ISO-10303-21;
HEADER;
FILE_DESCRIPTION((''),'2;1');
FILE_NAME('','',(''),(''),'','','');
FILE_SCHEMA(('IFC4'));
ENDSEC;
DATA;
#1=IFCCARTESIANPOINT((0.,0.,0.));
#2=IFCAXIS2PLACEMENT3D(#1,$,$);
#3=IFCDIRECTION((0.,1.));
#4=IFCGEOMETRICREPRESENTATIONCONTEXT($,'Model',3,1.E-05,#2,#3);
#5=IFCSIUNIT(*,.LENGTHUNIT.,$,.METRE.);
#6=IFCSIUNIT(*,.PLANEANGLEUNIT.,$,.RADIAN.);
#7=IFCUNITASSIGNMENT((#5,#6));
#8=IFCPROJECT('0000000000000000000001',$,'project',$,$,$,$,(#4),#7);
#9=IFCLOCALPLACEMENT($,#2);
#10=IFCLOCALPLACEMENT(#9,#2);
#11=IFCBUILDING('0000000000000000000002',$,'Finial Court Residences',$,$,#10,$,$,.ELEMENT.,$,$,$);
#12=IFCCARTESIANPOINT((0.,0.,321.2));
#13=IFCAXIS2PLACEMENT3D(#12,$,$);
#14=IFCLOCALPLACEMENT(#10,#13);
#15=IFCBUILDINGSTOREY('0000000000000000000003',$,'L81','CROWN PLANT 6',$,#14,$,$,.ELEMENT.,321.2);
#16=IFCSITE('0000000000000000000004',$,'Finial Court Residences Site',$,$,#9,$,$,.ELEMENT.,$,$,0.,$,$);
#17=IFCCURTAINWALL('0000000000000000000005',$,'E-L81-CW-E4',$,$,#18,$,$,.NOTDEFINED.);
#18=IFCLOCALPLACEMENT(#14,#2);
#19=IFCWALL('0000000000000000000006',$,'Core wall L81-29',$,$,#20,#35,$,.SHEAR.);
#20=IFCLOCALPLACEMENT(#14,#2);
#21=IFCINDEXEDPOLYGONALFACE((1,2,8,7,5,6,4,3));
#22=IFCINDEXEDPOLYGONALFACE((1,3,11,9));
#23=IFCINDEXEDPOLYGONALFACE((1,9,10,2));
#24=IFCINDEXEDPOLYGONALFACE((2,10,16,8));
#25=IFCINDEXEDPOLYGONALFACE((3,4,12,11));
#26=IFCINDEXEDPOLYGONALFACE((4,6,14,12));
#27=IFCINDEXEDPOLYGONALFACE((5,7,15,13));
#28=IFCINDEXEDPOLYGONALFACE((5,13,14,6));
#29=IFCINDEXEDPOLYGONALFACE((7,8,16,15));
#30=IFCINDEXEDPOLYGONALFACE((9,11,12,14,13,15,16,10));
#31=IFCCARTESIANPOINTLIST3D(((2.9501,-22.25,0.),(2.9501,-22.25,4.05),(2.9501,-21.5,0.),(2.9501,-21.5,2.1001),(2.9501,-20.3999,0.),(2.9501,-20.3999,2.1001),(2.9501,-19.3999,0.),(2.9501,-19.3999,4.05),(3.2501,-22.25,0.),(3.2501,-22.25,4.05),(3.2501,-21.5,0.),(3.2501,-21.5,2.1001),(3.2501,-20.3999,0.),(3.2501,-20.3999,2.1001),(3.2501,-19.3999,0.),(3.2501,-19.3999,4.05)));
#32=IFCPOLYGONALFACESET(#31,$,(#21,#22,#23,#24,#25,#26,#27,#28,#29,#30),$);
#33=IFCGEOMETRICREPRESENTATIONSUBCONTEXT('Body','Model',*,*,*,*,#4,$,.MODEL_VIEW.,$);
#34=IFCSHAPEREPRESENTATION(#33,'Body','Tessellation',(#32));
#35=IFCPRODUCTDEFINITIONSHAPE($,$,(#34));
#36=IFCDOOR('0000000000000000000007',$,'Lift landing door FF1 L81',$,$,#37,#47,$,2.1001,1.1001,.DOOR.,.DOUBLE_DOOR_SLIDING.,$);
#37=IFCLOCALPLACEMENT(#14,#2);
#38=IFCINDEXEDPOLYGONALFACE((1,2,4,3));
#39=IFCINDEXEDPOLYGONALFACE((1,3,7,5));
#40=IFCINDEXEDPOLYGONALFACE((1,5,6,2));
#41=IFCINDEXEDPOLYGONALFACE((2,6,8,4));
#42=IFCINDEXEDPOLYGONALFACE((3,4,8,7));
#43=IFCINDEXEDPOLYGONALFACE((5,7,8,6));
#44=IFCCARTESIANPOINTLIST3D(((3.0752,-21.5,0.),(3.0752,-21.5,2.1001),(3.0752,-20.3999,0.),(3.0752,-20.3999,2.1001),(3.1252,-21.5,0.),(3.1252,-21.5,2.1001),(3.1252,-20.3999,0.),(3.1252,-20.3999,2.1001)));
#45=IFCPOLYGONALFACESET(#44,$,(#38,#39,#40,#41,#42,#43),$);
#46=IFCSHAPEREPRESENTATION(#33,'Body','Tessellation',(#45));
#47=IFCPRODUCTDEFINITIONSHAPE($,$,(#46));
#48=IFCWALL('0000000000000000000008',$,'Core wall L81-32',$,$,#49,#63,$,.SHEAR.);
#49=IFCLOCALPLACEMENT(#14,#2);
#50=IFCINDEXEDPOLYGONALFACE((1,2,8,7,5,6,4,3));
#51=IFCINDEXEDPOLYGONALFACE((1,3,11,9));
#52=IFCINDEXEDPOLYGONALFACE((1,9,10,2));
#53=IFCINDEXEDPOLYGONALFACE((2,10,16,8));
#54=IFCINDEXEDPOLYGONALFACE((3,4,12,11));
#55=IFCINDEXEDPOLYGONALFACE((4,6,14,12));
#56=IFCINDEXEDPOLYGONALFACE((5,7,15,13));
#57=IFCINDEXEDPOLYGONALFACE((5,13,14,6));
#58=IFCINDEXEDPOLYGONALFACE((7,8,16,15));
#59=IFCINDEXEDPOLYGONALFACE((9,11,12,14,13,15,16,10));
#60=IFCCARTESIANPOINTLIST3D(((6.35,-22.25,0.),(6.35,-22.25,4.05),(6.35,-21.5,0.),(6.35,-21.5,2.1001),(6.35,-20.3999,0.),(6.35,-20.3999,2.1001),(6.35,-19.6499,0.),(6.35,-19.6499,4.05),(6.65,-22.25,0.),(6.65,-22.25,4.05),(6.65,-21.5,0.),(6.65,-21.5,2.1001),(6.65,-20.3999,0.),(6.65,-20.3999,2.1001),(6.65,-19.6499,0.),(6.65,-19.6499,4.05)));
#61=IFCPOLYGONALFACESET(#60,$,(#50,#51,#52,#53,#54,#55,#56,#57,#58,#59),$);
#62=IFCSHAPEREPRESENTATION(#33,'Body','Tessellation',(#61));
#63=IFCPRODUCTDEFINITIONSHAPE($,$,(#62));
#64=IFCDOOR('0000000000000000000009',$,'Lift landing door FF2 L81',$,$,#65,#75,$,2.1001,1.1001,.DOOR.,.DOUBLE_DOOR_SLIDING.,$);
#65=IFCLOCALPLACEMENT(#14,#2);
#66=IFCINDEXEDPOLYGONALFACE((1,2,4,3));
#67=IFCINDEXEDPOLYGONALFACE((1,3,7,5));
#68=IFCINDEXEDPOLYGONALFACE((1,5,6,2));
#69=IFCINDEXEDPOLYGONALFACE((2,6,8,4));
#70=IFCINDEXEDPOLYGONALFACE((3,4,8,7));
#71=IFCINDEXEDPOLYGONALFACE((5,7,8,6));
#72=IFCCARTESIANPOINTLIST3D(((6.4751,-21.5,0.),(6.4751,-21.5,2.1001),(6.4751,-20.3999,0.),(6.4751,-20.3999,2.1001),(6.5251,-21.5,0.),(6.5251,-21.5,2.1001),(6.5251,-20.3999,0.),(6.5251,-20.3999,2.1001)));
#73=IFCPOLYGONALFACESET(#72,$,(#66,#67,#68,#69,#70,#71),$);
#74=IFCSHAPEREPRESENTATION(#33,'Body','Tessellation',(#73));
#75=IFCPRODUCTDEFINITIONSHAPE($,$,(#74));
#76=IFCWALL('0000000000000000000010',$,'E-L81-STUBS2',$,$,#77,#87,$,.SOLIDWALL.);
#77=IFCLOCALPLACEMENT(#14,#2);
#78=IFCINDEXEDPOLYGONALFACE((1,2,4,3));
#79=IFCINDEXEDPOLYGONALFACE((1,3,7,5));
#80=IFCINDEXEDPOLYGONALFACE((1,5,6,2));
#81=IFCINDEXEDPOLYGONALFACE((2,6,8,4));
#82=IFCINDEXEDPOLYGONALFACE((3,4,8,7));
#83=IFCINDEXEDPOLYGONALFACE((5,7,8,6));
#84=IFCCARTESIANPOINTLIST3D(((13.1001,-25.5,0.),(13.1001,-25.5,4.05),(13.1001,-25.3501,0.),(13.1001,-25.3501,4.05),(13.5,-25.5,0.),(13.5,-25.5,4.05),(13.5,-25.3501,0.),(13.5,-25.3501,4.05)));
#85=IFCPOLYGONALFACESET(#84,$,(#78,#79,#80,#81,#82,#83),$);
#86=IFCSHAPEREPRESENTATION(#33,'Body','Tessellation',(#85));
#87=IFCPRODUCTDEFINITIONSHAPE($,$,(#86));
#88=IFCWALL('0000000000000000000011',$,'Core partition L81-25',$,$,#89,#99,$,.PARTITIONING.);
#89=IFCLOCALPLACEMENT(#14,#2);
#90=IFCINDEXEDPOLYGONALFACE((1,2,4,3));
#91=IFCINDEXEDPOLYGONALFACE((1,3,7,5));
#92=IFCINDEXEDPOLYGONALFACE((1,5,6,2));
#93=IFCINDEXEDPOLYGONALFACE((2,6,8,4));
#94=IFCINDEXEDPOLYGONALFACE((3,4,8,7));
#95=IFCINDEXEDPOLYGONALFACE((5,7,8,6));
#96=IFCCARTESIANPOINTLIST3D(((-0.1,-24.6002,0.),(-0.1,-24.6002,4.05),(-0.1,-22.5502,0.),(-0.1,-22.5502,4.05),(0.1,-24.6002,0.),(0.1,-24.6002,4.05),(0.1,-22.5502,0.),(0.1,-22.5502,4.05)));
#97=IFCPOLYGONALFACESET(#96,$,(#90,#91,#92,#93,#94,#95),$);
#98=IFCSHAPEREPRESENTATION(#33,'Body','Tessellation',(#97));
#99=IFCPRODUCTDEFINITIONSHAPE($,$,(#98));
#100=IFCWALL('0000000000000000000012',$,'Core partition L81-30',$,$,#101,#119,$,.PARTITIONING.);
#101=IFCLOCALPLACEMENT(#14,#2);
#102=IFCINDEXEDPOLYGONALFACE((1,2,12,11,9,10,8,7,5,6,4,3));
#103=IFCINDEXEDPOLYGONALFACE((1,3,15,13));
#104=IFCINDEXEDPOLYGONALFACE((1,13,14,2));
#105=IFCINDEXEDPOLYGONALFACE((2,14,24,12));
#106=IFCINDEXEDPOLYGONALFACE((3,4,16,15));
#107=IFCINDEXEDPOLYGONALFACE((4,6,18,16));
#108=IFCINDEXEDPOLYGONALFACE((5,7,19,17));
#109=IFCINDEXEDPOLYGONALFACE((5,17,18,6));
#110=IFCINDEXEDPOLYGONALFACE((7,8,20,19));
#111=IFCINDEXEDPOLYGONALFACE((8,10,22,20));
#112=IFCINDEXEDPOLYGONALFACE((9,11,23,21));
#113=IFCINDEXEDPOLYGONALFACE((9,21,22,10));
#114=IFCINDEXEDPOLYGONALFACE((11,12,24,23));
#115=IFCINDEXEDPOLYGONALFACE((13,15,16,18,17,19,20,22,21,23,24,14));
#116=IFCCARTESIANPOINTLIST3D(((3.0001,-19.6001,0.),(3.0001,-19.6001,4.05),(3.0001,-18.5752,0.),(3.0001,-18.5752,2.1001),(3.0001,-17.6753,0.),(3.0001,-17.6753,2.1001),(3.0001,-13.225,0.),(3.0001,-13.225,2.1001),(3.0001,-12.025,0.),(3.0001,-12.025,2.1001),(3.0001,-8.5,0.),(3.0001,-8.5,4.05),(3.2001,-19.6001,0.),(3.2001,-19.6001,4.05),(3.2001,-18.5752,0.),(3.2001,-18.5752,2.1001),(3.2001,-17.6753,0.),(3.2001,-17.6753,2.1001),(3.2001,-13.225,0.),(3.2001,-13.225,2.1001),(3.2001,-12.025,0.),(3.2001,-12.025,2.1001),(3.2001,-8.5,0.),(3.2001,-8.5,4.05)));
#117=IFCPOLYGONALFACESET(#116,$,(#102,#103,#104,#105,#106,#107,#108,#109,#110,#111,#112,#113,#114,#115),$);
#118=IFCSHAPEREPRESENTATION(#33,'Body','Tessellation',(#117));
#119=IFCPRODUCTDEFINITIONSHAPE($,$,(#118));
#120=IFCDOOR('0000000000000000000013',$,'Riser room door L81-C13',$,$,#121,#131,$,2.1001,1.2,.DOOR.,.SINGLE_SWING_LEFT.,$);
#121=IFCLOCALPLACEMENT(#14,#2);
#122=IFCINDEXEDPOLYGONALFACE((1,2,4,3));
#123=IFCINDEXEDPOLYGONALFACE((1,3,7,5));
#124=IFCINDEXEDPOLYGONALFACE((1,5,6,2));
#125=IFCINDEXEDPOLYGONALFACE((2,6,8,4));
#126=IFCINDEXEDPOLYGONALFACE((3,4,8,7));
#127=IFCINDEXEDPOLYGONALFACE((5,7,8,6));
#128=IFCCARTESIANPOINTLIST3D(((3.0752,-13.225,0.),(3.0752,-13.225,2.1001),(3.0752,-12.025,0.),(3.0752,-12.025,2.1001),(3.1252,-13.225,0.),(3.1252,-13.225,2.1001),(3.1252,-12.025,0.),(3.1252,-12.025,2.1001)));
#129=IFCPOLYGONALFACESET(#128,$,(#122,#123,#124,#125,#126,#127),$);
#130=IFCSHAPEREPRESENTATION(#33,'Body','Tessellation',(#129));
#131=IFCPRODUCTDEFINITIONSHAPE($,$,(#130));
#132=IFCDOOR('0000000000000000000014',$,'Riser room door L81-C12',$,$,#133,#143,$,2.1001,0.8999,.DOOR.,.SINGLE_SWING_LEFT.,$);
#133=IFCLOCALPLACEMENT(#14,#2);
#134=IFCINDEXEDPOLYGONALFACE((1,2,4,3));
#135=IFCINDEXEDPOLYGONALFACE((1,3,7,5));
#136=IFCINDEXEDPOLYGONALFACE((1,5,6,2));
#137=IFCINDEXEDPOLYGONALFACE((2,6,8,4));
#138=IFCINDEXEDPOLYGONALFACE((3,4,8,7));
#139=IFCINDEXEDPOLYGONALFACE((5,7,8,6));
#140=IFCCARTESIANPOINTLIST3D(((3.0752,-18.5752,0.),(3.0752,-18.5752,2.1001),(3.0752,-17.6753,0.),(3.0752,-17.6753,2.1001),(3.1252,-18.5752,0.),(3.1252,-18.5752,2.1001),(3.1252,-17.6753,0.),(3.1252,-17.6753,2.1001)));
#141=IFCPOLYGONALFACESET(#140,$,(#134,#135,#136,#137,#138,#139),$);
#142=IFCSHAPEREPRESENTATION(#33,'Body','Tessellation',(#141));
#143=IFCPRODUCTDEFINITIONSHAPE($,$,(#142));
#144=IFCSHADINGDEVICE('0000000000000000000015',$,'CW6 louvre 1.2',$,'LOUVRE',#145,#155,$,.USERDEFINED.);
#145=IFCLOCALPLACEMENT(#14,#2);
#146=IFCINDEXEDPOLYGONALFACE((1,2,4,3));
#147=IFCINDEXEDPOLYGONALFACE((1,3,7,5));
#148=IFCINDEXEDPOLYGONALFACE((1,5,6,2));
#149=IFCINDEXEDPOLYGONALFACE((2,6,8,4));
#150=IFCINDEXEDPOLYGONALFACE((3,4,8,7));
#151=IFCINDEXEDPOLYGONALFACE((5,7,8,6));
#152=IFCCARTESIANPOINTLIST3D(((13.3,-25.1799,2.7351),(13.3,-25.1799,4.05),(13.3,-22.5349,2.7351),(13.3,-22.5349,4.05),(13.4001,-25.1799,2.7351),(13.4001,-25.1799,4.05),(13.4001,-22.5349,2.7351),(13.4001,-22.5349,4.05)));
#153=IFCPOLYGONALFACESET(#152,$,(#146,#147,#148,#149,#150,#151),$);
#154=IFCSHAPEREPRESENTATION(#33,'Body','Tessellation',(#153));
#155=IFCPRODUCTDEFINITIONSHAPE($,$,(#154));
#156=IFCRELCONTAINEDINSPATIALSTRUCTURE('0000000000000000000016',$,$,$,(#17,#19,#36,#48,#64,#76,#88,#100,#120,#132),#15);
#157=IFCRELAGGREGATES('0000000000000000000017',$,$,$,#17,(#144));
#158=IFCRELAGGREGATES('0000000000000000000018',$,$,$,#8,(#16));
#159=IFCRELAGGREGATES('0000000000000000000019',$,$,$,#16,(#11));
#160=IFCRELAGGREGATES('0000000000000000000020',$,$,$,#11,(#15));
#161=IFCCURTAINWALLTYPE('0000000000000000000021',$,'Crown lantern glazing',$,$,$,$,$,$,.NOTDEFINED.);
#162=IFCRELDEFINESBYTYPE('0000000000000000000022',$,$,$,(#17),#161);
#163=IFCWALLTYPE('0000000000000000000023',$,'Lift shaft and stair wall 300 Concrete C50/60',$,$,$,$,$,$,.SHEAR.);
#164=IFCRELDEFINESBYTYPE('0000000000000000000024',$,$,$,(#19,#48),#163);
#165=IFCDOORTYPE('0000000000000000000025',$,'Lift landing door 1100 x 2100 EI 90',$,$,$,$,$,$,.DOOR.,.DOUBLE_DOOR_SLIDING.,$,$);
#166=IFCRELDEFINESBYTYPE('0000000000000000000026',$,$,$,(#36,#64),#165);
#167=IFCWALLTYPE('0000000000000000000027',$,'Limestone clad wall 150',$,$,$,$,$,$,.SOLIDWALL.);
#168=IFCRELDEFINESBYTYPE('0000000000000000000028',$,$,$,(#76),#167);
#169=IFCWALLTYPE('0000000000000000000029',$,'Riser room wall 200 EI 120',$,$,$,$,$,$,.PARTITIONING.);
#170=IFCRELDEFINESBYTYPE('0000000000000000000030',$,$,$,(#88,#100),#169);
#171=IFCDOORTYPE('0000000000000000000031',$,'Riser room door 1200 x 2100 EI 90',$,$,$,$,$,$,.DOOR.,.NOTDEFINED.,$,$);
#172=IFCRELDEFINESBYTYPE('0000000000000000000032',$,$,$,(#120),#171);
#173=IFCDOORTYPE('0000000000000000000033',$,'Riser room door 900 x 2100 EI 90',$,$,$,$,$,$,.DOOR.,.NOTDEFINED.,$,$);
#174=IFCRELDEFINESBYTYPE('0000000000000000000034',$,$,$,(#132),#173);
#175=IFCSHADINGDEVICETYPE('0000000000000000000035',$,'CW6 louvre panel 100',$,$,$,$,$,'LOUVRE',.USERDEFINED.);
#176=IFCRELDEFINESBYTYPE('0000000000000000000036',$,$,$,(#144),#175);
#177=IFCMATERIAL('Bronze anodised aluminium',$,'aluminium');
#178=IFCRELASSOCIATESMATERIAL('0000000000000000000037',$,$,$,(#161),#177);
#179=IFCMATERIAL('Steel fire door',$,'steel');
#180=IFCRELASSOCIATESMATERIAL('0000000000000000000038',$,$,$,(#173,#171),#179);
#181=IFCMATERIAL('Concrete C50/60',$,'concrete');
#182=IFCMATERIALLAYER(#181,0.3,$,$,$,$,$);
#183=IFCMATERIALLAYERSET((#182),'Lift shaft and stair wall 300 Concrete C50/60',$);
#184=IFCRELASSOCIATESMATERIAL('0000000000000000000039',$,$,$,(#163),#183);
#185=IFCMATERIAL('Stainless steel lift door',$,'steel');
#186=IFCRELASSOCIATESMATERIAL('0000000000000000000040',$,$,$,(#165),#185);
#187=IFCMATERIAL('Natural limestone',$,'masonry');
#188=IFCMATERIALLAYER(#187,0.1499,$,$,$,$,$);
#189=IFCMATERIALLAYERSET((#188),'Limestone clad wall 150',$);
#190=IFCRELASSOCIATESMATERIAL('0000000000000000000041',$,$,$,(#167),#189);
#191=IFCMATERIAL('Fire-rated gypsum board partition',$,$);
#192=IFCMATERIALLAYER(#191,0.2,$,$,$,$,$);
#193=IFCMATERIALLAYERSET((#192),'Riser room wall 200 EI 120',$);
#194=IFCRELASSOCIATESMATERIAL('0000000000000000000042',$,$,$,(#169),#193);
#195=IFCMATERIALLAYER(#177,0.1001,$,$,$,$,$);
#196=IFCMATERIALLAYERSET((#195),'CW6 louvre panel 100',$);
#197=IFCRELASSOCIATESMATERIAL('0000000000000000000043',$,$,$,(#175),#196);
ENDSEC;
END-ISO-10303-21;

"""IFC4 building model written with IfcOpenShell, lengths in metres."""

from ifc_helpers import new_model, si_unit, direction, frame, frame_2d, origin, origin_2d, place, context, subcontext, project, spatial, rectangle, extrude, material, layer, layer_set, type_object, element, fill, aggregate, save


model = new_model("IFC4")

# Units and contexts
model_context = context("Model", 3, precision=1e-05, world=origin(), true_north=direction((0.0, 1.0)))
body_context = subcontext(model_context, "Body", "Model", "MODEL_VIEW")
ifc_project = project(units=[si_unit("LENGTHUNIT", "METRE"), si_unit("PLANEANGLEUNIT", "RADIAN")], contexts=[model_context])

# Site, building, storey
site_placement = place(None, origin())
site = spatial("IfcSite", under=ifc_project, at=site_placement, Name="Finial Court Residences Site", CompositionType="ELEMENT", RefElevation=0.0)
building_placement = place(site_placement, origin())
building = spatial("IfcBuilding", under=site, at=building_placement, Name="Finial Court Residences", CompositionType="ELEMENT")
storey_placement = place(building_placement, frame((0.0, 0.0, 321.2)))
storey = spatial("IfcBuildingStorey", under=building, at=storey_placement, Name="L81", Description="CROWN PLANT 6", CompositionType="ELEMENT", Elevation=321.2)

# Curtain wall
ifc_material_1 = material(Name="Bronze anodised aluminium", Category="aluminium")
curtain_wall_type = type_object("IfcCurtainWallType", Name="Crown lantern glazing", PredefinedType="NOTDEFINED", material=ifc_material_1)
curtain_wall_placement = place(storey_placement, origin())
curtain_wall = element("IfcCurtainWall", 1, at=curtain_wall_placement, inside=storey, type_object=curtain_wall_type, Name="E-L81-CW-E4", PredefinedType="NOTDEFINED")

# Shared definitions
ifc_material_2 = material(Name="Concrete C50/60", Category="concrete")

# Shared definitions
ifc_material_3 = material(Name="Fire-rated gypsum board partition")
ifc_material_4 = material(Name="Steel fire door", Category="steel")
door_type_1 = type_object("IfcDoorType", Name="Riser room door 900 x 2100 EI 90", OperationType="NOTDEFINED", PredefinedType="DOOR", material=ifc_material_4)

# Shared definitions
ifc_layer_1 = layer(ifc_material_2, 0.3)
ifc_layer_set_1 = layer_set([ifc_layer_1], Name="Lift shaft and stair wall 300 Concrete C50/60")
wall_type_1 = type_object("IfcWallType", Name="Lift shaft and stair wall 300 Concrete C50/60", PredefinedType="SHEAR", material=ifc_layer_set_1)

# Walls, openings, doors
wall_1_placement = place(storey_placement, frame((3.1001, -22.25, 0.0), z_axis=(0.0, 0.0, 1.0), x_axis=(0.0, 1.0, 0.0)))
wall_1 = element("IfcWall", 2, at=wall_1_placement, inside=storey, type_object=wall_type_1, Name="Core wall L81-29", PredefinedType="SHEAR", context=body_context, shape_type="SweptSolid", body=[
    extrude(rectangle(XDim=2.8501, YDim=0.3, at=frame_2d((1.425, 0.0))), origin(), (0.0, 0.0, 1.0), 4.05),
])
opening_1_placement = place(wall_1_placement, frame((0.75, 0.0, 0.0)))
opening_1 = element("IfcOpeningElement", 3, at=opening_1_placement, cuts=wall_1, PredefinedType="OPENING", context=body_context, shape_type="SweptSolid", body=[
    extrude(rectangle(XDim=1.1001, YDim=2.1001, at=frame_2d((0.55, 1.05))), frame((0.0, 0.1599, 0.0), z_axis=(0.0, -1.0, 0.0), x_axis=(1.0, 0.0, 0.0)), (0.0, 0.0, 1.0), 0.3201),
])
ifc_material_5 = material(Name="Stainless steel lift door", Category="steel")
door_type_2 = type_object("IfcDoorType", Name="Lift landing door 1100 x 2100 EI 90", OperationType="DOUBLE_DOOR_SLIDING", PredefinedType="DOOR", material=ifc_material_5)
door_1_placement = place(opening_1_placement, origin())
door_1 = element("IfcDoor", 4, at=door_1_placement, inside=storey, type_object=door_type_2, Name="Lift landing door FF1 L81", OperationType="DOUBLE_DOOR_SLIDING", OverallHeight=2.1001, OverallWidth=1.1001, PredefinedType="DOOR", context=body_context, shape_type="SweptSolid", body=[
    extrude(rectangle(XDim=1.1001, YDim=2.1001, at=frame_2d((0.55, 1.05))), frame((0.0, 0.0249, 0.0), z_axis=(0.0, -1.0, 0.0), x_axis=(1.0, 0.0, 0.0)), (0.0, 0.0, 1.0), 0.05),
])
fill(opening_1, door_1)
wall_2_placement = place(storey_placement, frame((6.5, -22.25, 0.0), z_axis=(0.0, 0.0, 1.0), x_axis=(0.0, 1.0, 0.0)))
wall_2 = element("IfcWall", 5, at=wall_2_placement, inside=storey, type_object=wall_type_1, Name="Core wall L81-32", PredefinedType="SHEAR", context=body_context, shape_type="SweptSolid", body=[
    extrude(rectangle(XDim=2.6001, YDim=0.3, at=frame_2d((1.3, 0.0))), origin(), (0.0, 0.0, 1.0), 4.05),
])
opening_2_placement = place(wall_2_placement, frame((0.75, 0.0, 0.0)))
opening_2 = element("IfcOpeningElement", 6, at=opening_2_placement, cuts=wall_2, PredefinedType="OPENING", context=body_context, shape_type="SweptSolid", body=[
    extrude(rectangle(XDim=1.1001, YDim=2.1001, at=frame_2d((0.55, 1.05))), frame((0.0, 0.1599, 0.0), z_axis=(0.0, -1.0, 0.0), x_axis=(1.0, 0.0, 0.0)), (0.0, 0.0, 1.0), 0.3201),
])
door_2_placement = place(opening_2_placement, origin())
door_2 = element("IfcDoor", 7, at=door_2_placement, inside=storey, type_object=door_type_2, Name="Lift landing door FF2 L81", OperationType="DOUBLE_DOOR_SLIDING", OverallHeight=2.1001, OverallWidth=1.1001, PredefinedType="DOOR", context=body_context, shape_type="SweptSolid", body=[
    extrude(rectangle(XDim=1.1001, YDim=2.1001, at=frame_2d((0.55, 1.05))), frame((0.0, 0.0249, 0.0), z_axis=(0.0, -1.0, 0.0), x_axis=(1.0, 0.0, 0.0)), (0.0, 0.0, 1.0), 0.05),
])
fill(opening_2, door_2)

# Walls
ifc_material_6 = material(Name="Natural limestone", Category="masonry")
ifc_layer_2 = layer(ifc_material_6, 0.1499)
ifc_layer_set_2 = layer_set([ifc_layer_2], Name="Limestone clad wall 150")
wall_type_2 = type_object("IfcWallType", Name="Limestone clad wall 150", PredefinedType="SOLIDWALL", material=ifc_layer_set_2)
wall_3_placement = place(storey_placement, frame((13.5, -25.425, 0.0), z_axis=(0.0, 0.0, 1.0), x_axis=(-1.0, 0.0, 0.0)))
element("IfcWall", 8, at=wall_3_placement, inside=storey, type_object=wall_type_2, Name="E-L81-STUBS2", PredefinedType="SOLIDWALL", context=body_context, shape_type="SweptSolid", body=[
    extrude(rectangle(XDim=0.3999, YDim=0.1499, at=frame_2d((0.2, 0.0))), origin(), (0.0, 0.0, 1.0), 4.05),
])
ifc_layer_3 = layer(ifc_material_3, 0.2)
ifc_layer_set_3 = layer_set([ifc_layer_3], Name="Riser room wall 200 EI 120")
wall_type_3 = type_object("IfcWallType", Name="Riser room wall 200 EI 120", PredefinedType="PARTITIONING", material=ifc_layer_set_3)
wall_4_placement = place(storey_placement, frame((0.0, -24.6001, 0.0), z_axis=(0.0, 0.0, 1.0), x_axis=(0.0, 1.0, 0.0)))
element("IfcWall", 9, at=wall_4_placement, inside=storey, type_object=wall_type_3, Name="Core partition L81-25", PredefinedType="PARTITIONING", context=body_context, shape_type="SweptSolid", body=[
    extrude(rectangle(XDim=2.05, YDim=0.2, at=frame_2d((1.0249, 0.0))), origin(), (0.0, 0.0, 1.0), 4.05),
])

# Wall, openings, doors
wall_5_placement = place(storey_placement, frame((3.1001, -19.6001, 0.0), z_axis=(0.0, 0.0, 1.0), x_axis=(0.0, 1.0, 0.0)))
wall_5 = element("IfcWall", 10, at=wall_5_placement, inside=storey, type_object=wall_type_3, Name="Core partition L81-30", PredefinedType="PARTITIONING", context=body_context, shape_type="SweptSolid", body=[
    extrude(rectangle(XDim=11.1001, YDim=0.2, at=frame_2d((5.55, 0.0))), origin(), (0.0, 0.0, 1.0), 4.05),
])
opening_3_placement = place(wall_5_placement, frame((1.0249, 0.0, 0.0)))
opening_3 = element("IfcOpeningElement", 11, at=opening_3_placement, cuts=wall_5, PredefinedType="OPENING", context=body_context, shape_type="SweptSolid", body=[
    extrude(rectangle(XDim=0.8999, YDim=2.1001, at=frame_2d((0.45, 1.05))), frame((0.0, 0.1099, 0.0), z_axis=(0.0, -1.0, 0.0), x_axis=(1.0, 0.0, 0.0)), (0.0, 0.0, 1.0), 0.22),
])
opening_4_placement = place(wall_5_placement, frame((6.375, 0.0, 0.0)))
opening_4 = element("IfcOpeningElement", 12, at=opening_4_placement, cuts=wall_5, PredefinedType="OPENING", context=body_context, shape_type="SweptSolid", body=[
    extrude(rectangle(XDim=1.2, YDim=2.1001, at=frame_2d((0.6001, 1.05))), frame((0.0, 0.1099, 0.0), z_axis=(0.0, -1.0, 0.0), x_axis=(1.0, 0.0, 0.0)), (0.0, 0.0, 1.0), 0.22),
])
door_type_3 = type_object("IfcDoorType", Name="Riser room door 1200 x 2100 EI 90", OperationType="NOTDEFINED", PredefinedType="DOOR", material=ifc_material_4)
door_3_placement = place(opening_4_placement, origin())
door_3 = element("IfcDoor", 13, at=door_3_placement, inside=storey, type_object=door_type_3, Name="Riser room door L81-C13", OperationType="SINGLE_SWING_LEFT", OverallHeight=2.1001, OverallWidth=1.2, PredefinedType="DOOR", context=body_context, shape_type="SweptSolid", body=[
    extrude(rectangle(XDim=1.2, YDim=2.1001, at=frame_2d((0.6001, 1.05))), frame((0.0, 0.0249, 0.0), z_axis=(0.0, -1.0, 0.0), x_axis=(1.0, 0.0, 0.0)), (0.0, 0.0, 1.0), 0.05),
])
fill(opening_4, door_3)
door_4_placement = place(opening_3_placement, origin())
door_4 = element("IfcDoor", 14, at=door_4_placement, inside=storey, type_object=door_type_1, Name="Riser room door L81-C12", OperationType="SINGLE_SWING_LEFT", OverallHeight=2.1001, OverallWidth=0.8999, PredefinedType="DOOR", context=body_context, shape_type="SweptSolid", body=[
    extrude(rectangle(XDim=0.8999, YDim=2.1001, at=frame_2d((0.45, 1.05))), frame((0.0, 0.0249, 0.0), z_axis=(0.0, -1.0, 0.0), x_axis=(1.0, 0.0, 0.0)), (0.0, 0.0, 1.0), 0.05),
])
fill(opening_3, door_4)

# Shading device
ifc_layer_4 = layer(ifc_material_1, 0.1001)
ifc_layer_set_4 = layer_set([ifc_layer_4], Name="CW6 louvre panel 100")
shading_device_type = type_object("IfcShadingDeviceType", Name="CW6 louvre panel 100", ElementType="LOUVRE", PredefinedType="USERDEFINED", material=ifc_layer_set_4)
shading_device_placement = place(storey_placement, frame((13.3501, -23.8574, 2.7351), z_axis=(0.0, 0.0, 1.0), x_axis=(0.0, 1.0, 0.0)))
shading_device = element("IfcShadingDevice", 15, at=shading_device_placement, type_object=shading_device_type, Name="CW6 louvre 1.2", ObjectType="LOUVRE", PredefinedType="USERDEFINED", context=body_context, shape_type="SweptSolid", body=[
    extrude(rectangle(XDim=2.645, YDim=0.1001, at=origin_2d()), origin(), (0.0, 0.0, 1.0), 1.3149),
])
aggregate(curtain_wall, [shading_device])

save(model, "model.ifc")
